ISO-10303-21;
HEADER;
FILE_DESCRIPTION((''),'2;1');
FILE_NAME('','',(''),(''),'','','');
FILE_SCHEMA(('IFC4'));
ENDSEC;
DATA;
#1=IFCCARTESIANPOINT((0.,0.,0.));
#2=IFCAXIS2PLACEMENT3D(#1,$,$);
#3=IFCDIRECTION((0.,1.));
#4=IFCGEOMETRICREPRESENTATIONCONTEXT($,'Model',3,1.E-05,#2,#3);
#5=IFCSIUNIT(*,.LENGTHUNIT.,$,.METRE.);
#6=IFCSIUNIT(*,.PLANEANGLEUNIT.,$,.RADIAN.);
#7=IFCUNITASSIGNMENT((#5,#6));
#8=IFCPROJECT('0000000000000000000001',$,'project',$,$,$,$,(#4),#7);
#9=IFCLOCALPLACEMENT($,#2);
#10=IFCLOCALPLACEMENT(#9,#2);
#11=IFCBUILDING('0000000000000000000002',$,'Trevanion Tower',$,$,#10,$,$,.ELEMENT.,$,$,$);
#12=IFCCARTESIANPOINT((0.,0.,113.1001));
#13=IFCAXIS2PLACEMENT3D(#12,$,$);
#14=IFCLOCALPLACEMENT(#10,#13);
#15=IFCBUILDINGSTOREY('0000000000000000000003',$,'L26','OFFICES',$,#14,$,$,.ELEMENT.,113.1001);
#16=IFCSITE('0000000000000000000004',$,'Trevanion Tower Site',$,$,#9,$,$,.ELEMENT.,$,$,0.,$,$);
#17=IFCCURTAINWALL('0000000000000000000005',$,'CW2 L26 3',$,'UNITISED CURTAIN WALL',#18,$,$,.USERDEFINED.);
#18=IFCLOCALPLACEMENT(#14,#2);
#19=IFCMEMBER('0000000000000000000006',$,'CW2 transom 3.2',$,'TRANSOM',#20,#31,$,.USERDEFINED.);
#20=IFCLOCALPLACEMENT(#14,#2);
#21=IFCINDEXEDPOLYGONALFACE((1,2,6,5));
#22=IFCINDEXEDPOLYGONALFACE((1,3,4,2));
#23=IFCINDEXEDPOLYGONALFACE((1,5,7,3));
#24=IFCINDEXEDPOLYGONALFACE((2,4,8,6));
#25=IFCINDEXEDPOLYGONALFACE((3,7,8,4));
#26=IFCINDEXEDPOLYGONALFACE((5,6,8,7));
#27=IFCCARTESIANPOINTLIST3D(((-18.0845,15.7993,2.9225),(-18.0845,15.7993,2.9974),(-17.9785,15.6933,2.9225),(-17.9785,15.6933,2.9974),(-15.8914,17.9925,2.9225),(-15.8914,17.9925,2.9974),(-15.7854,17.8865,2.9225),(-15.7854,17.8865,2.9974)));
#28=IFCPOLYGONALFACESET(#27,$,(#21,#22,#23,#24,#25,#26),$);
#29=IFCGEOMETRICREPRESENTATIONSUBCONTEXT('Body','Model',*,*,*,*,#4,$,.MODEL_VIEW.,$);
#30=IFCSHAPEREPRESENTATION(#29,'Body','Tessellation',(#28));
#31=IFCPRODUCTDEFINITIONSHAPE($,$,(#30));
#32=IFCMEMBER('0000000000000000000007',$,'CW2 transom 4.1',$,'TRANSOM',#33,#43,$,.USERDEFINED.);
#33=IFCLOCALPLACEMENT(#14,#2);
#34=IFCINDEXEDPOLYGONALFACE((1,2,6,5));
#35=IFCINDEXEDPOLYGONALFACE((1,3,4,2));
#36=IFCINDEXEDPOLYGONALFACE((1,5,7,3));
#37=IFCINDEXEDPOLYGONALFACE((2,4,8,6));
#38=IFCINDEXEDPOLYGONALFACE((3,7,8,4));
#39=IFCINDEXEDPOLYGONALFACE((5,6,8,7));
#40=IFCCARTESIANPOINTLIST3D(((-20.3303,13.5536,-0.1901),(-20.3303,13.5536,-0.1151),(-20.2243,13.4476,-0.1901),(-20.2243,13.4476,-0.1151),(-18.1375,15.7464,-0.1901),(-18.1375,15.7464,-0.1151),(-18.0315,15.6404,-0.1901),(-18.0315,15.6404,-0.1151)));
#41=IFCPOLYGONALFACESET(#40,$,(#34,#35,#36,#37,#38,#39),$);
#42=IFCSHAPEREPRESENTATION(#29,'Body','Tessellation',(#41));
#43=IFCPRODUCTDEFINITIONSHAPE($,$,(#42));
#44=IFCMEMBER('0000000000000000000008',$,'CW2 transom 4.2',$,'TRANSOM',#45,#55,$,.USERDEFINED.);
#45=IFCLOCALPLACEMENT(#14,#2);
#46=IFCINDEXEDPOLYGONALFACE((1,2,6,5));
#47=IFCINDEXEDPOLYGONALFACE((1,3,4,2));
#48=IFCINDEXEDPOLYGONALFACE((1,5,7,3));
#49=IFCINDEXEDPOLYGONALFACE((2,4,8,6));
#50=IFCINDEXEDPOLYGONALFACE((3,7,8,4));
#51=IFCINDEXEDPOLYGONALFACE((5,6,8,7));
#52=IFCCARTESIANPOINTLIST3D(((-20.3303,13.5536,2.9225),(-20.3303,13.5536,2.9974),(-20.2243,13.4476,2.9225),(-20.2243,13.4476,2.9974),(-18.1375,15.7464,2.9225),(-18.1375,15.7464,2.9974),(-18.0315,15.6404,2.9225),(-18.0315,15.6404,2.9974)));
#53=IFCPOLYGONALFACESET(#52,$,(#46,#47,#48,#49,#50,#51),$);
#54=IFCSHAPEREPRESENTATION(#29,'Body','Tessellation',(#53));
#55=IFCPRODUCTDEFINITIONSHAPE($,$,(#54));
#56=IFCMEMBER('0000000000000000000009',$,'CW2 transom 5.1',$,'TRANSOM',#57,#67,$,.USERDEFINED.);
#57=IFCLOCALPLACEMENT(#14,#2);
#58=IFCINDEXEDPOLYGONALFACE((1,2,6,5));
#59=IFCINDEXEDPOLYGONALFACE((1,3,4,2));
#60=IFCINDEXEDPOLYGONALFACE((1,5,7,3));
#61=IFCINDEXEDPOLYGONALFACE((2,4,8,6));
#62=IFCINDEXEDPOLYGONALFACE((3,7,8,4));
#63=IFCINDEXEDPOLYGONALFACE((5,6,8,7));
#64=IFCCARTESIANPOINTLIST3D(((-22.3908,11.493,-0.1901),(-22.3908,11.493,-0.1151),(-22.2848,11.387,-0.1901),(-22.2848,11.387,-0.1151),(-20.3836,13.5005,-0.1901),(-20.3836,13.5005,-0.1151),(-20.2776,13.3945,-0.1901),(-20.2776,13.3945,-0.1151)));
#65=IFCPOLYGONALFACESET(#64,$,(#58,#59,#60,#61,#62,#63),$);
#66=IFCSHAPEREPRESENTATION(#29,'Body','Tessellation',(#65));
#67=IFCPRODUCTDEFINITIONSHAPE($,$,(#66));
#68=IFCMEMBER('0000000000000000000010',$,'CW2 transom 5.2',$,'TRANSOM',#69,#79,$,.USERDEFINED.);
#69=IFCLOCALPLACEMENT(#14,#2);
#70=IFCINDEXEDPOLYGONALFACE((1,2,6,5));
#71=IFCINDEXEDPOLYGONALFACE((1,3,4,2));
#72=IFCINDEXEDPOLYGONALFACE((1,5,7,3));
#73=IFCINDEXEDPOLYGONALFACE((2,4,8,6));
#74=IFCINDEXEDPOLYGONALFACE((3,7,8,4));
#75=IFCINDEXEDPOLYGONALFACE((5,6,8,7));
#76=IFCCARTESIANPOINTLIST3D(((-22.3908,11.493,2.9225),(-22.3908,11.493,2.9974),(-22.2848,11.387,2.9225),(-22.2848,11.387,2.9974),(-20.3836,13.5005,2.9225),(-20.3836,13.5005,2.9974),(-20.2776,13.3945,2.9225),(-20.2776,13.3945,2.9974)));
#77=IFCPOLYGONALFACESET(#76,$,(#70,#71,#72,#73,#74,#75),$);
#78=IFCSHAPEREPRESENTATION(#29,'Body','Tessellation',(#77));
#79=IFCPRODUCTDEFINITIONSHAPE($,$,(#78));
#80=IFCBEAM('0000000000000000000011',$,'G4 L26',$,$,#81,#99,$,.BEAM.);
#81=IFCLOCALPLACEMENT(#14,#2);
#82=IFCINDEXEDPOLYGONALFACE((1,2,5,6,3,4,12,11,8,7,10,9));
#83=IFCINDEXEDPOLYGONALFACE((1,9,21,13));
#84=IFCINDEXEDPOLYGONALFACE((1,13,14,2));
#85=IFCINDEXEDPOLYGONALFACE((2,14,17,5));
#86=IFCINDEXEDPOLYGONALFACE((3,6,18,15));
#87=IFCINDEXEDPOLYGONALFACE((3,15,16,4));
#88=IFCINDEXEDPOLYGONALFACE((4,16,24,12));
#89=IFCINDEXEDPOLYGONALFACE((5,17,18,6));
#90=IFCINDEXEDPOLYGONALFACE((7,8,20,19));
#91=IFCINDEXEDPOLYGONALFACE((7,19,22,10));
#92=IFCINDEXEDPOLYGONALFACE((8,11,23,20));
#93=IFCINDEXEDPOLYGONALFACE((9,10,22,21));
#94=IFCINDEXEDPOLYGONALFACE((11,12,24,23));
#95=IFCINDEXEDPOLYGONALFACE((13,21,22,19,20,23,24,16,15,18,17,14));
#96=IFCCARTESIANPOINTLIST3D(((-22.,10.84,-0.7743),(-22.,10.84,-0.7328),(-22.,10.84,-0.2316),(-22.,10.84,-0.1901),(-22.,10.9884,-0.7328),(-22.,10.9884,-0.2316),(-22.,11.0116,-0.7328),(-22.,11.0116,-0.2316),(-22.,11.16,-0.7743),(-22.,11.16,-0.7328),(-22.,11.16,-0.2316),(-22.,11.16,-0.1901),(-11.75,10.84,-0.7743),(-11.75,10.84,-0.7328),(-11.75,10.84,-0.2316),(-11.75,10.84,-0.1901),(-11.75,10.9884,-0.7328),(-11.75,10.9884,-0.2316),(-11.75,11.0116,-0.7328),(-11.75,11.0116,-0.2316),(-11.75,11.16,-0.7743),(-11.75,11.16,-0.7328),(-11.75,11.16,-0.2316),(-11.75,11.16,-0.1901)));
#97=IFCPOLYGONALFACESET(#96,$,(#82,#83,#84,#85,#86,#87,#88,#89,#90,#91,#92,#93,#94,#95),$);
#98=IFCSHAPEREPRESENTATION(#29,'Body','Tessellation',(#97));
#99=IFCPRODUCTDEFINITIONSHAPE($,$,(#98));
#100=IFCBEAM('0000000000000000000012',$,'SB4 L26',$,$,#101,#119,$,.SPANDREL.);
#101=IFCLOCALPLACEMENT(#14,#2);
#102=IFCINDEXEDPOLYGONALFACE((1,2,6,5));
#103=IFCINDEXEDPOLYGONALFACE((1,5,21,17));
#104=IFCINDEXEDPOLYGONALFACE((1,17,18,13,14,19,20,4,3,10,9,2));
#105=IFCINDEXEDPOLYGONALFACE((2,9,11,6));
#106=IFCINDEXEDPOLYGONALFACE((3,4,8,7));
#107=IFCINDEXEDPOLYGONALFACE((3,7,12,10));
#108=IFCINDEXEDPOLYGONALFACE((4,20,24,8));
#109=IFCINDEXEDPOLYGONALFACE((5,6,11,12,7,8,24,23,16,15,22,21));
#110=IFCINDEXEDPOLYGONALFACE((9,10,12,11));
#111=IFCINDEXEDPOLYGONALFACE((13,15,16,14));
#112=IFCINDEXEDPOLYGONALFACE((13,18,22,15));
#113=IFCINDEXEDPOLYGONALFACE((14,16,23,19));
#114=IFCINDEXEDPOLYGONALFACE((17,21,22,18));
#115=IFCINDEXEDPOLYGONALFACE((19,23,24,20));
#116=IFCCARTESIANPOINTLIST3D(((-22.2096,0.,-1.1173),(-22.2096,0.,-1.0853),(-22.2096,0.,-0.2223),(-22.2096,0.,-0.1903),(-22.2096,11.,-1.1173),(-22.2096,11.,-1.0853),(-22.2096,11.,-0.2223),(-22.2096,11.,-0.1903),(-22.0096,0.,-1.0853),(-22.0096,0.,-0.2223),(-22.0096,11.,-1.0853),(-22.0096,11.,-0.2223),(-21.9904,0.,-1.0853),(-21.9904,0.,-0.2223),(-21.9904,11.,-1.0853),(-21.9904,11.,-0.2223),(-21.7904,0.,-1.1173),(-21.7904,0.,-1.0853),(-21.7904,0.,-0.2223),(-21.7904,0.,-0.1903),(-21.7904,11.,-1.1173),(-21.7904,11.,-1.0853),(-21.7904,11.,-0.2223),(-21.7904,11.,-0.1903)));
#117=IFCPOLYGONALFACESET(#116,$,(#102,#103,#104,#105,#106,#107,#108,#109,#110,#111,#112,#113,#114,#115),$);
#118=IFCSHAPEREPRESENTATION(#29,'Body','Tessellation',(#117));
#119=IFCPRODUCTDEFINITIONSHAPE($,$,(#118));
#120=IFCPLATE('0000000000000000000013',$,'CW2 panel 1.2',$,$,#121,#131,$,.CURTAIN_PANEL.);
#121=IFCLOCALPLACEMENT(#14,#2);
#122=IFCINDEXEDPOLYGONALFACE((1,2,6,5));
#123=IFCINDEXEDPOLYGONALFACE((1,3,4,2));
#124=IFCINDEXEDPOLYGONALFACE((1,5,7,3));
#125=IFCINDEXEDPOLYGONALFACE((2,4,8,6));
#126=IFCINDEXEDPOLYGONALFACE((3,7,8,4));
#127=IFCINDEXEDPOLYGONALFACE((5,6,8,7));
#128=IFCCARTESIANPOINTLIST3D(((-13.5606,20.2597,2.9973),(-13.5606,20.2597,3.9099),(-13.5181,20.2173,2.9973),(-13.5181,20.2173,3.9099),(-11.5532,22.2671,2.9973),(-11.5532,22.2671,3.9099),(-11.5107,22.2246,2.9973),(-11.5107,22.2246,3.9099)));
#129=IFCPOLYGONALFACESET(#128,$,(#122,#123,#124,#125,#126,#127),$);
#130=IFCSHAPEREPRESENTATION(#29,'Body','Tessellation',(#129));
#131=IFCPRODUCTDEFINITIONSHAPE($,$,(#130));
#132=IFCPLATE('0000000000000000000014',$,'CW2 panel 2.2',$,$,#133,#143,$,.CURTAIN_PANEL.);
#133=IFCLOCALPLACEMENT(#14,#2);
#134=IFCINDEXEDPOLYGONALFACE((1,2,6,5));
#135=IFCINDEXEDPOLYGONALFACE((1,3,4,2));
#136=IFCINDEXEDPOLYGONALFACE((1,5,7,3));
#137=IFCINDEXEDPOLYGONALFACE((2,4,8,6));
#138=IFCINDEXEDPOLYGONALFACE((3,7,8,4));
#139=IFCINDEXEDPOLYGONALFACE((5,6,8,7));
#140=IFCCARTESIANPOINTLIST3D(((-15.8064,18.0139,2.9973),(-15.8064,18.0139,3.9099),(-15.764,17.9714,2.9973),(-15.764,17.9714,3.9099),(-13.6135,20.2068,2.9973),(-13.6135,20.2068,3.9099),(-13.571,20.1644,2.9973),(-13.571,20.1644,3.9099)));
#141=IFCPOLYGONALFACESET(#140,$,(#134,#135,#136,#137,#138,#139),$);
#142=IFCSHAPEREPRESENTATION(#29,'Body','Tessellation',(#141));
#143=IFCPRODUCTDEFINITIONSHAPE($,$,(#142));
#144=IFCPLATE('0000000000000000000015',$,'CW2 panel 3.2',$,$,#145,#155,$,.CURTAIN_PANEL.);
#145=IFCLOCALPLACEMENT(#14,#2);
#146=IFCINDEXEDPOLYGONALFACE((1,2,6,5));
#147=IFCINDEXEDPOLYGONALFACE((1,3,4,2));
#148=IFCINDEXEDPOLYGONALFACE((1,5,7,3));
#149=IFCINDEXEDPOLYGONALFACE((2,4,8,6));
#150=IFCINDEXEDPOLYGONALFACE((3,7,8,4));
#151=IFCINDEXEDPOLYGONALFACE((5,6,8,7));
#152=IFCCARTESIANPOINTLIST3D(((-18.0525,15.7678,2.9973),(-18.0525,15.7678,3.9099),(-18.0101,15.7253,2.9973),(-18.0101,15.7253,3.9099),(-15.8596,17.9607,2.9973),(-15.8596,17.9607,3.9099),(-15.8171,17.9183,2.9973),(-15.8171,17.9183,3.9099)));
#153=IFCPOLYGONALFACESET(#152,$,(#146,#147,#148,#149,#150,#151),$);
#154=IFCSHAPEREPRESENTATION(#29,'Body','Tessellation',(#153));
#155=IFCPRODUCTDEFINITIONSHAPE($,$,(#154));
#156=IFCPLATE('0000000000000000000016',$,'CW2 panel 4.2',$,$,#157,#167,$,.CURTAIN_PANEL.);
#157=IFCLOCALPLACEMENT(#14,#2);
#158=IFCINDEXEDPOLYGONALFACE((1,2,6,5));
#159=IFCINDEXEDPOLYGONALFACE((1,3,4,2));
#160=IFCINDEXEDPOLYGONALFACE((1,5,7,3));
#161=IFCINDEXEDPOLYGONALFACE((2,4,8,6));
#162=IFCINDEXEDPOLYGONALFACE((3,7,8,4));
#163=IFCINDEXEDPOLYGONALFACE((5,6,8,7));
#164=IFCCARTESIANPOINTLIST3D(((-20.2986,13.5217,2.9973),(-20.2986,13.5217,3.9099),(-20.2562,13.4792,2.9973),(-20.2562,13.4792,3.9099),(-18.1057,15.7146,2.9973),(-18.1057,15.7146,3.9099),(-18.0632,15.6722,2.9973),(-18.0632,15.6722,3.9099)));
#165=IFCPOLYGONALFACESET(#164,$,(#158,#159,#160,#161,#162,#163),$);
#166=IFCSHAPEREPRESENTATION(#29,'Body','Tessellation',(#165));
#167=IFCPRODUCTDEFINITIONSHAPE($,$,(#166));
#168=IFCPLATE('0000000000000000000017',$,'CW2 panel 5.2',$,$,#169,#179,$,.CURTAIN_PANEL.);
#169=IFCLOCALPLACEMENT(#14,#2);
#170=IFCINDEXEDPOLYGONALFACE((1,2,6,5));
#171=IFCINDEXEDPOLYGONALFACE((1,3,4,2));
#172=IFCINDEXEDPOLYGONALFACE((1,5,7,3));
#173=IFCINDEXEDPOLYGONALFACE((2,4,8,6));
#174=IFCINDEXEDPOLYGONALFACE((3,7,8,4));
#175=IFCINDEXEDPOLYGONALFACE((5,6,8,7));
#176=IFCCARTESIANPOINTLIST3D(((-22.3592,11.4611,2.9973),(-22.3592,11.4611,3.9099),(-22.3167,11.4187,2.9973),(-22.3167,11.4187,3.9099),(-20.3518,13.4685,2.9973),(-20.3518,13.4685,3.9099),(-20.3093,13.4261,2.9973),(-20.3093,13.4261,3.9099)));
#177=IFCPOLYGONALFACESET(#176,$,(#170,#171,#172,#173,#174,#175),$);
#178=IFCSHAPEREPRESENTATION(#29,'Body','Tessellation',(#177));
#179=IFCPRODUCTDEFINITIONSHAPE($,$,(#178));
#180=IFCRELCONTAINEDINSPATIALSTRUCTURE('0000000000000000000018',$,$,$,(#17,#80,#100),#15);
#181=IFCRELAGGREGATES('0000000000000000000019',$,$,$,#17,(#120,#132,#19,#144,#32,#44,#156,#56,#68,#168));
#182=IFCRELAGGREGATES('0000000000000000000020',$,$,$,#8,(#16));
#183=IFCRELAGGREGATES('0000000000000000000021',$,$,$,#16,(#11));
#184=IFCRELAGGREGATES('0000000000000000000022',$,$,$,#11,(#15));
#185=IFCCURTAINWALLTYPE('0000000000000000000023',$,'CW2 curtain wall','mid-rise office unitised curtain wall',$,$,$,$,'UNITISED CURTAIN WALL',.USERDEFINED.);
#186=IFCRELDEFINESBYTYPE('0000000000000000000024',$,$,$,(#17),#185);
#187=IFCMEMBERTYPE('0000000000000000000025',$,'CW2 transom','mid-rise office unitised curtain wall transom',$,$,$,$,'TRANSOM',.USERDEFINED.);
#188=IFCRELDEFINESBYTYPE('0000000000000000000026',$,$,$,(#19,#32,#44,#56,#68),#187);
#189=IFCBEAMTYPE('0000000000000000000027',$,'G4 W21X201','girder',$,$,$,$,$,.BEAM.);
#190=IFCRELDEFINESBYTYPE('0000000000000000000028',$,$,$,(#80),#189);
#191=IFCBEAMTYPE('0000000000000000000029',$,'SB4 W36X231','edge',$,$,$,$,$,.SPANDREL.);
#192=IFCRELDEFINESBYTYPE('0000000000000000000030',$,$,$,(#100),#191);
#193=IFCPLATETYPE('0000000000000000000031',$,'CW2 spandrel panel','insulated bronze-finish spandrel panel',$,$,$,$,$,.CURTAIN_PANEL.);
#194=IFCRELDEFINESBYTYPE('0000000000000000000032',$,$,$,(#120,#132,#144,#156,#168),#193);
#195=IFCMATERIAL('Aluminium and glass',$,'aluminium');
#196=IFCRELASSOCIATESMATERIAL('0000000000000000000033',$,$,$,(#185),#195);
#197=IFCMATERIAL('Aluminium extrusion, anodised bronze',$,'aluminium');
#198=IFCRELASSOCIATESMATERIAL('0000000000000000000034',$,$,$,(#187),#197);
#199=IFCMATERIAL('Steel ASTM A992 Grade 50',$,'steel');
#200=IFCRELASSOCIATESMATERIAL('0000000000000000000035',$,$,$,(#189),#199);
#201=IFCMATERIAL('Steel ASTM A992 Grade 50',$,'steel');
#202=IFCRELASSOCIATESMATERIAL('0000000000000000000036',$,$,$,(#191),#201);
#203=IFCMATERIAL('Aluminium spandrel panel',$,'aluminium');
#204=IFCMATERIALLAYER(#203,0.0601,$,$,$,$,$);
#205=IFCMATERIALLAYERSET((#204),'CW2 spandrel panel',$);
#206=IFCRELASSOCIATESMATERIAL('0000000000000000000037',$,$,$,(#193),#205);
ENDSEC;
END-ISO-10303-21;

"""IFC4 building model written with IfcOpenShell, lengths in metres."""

from ifc_helpers import new_model, si_unit, direction, frame, origin, origin_2d, place, context, subcontext, project, spatial, rectangle, i_section, extrude, material, layer, layer_set, material_profile, profile_set, type_object, element, aggregate, save


model = new_model("IFC4")

# Units and contexts
model_context = context("Model", 3, precision=1e-05, world=origin(), true_north=direction((0.0, 1.0)))
body_context = subcontext(model_context, "Body", "Model", "MODEL_VIEW")
ifc_project = project(units=[si_unit("LENGTHUNIT", "METRE"), si_unit("PLANEANGLEUNIT", "RADIAN")], contexts=[model_context])

# Site, building, storey
site_placement = place(None, origin())
site = spatial("IfcSite", under=ifc_project, at=site_placement, Name="Trevanion Tower Site", CompositionType="ELEMENT", RefElevation=0.0)
building_placement = place(site_placement, origin())
building = spatial("IfcBuilding", under=site, at=building_placement, Name="Trevanion Tower", CompositionType="ELEMENT")
storey_placement = place(building_placement, frame((0.0, 0.0, 113.1001)))
storey = spatial("IfcBuildingStorey", under=building, at=storey_placement, Name="L26", Description="OFFICES", CompositionType="ELEMENT", Elevation=113.1001)

# Curtain wall, members
ifc_material_1 = material(Name="Aluminium and glass", Category="aluminium")
curtain_wall_type = type_object("IfcCurtainWallType", Name="CW2 curtain wall", Description="mid-rise office unitised curtain wall", ElementType="UNITISED CURTAIN WALL", PredefinedType="USERDEFINED", material=ifc_material_1)
curtain_wall_placement = place(storey_placement, origin())
curtain_wall = element("IfcCurtainWall", 1, at=curtain_wall_placement, inside=storey, type_object=curtain_wall_type, Name="CW2 L26 3", ObjectType="UNITISED CURTAIN WALL", PredefinedType="USERDEFINED")
ifc_material_2 = material(Name="Aluminium extrusion, anodised bronze", Category="aluminium")
ifc_material_profile_1 = material_profile(ifc_material_2, rectangle(XDim=0.1499, YDim=0.075, at=origin_2d()), Name="CW2 transom")
ifc_profile_set_1 = profile_set([ifc_material_profile_1], Name="Aluminium extrusion, anodised bronze")
member_type_1 = type_object("IfcMemberType", Name="CW2 transom", Description="mid-rise office unitised curtain wall transom", ElementType="TRANSOM", PredefinedType="USERDEFINED", material=ifc_profile_set_1)
member_1_placement = place(storey_placement, frame((-15.8384, 17.9395, 2.96), z_axis=(-0.707107, -0.707107, 0.0), x_axis=(0.707107, -0.707107, 0.0)))
member_1 = element("IfcMember", 2, at=member_1_placement, type_object=member_type_1, Name="CW2 transom 3.2", ObjectType="TRANSOM", PredefinedType="USERDEFINED", context=body_context, shape_type="SweptSolid", body=[
    extrude(rectangle(XDim=0.1499, YDim=0.075, at=origin_2d()), origin(), (0.0, 0.0, 1.0), 3.1016),
])
member_2_placement = place(storey_placement, frame((-18.0845, 15.6934, -0.1526), z_axis=(-0.707107, -0.707107, 0.0), x_axis=(0.707107, -0.707107, 0.0)))
member_2 = element("IfcMember", 3, at=member_2_placement, type_object=member_type_1, Name="CW2 transom 4.1", ObjectType="TRANSOM", PredefinedType="USERDEFINED", context=body_context, shape_type="SweptSolid", body=[
    extrude(rectangle(XDim=0.1499, YDim=0.075, at=origin_2d()), origin(), (0.0, 0.0, 1.0), 3.1011),
])
member_3_placement = place(storey_placement, frame((-18.0845, 15.6934, 2.96), z_axis=(-0.707107, -0.707107, 0.0), x_axis=(0.707107, -0.707107, 0.0)))
member_3 = element("IfcMember", 4, at=member_3_placement, type_object=member_type_1, Name="CW2 transom 4.2", ObjectType="TRANSOM", PredefinedType="USERDEFINED", context=body_context, shape_type="SweptSolid", body=[
    extrude(rectangle(XDim=0.1499, YDim=0.075, at=origin_2d()), origin(), (0.0, 0.0, 1.0), 3.1011),
])
member_4_placement = place(storey_placement, frame((-20.3306, 13.4475, -0.1526), z_axis=(-0.707064, -0.70715, 0.0), x_axis=(0.70715, -0.707064, 0.0)))
member_4 = element("IfcMember", 5, at=member_4_placement, type_object=member_type_1, Name="CW2 transom 5.1", ObjectType="TRANSOM", PredefinedType="USERDEFINED", context=body_context, shape_type="SweptSolid", body=[
    extrude(rectangle(XDim=0.1499, YDim=0.075, at=origin_2d()), origin(), (0.0, 0.0, 1.0), 2.8389),
])
member_5_placement = place(storey_placement, frame((-20.3306, 13.4475, 2.96), z_axis=(-0.707064, -0.70715, 0.0), x_axis=(0.70715, -0.707064, 0.0)))
member_5 = element("IfcMember", 6, at=member_5_placement, type_object=member_type_1, Name="CW2 transom 5.2", ObjectType="TRANSOM", PredefinedType="USERDEFINED", context=body_context, shape_type="SweptSolid", body=[
    extrude(rectangle(XDim=0.1499, YDim=0.075, at=origin_2d()), origin(), (0.0, 0.0, 1.0), 2.8389),
])

# Beams
ifc_material_3 = material(Name="Steel ASTM A992 Grade 50", Category="steel")
ifc_material_profile_2 = material_profile(ifc_material_3, i_section(OverallWidth=0.3201, OverallDepth=0.5842, WebThickness=0.0232, FlangeThickness=0.0415, at=origin_2d()), Name="W21X201")
ifc_profile_set_2 = profile_set([ifc_material_profile_2], Name="Steel ASTM A992 Grade 50")
beam_type_1 = type_object("IfcBeamType", Name="G4 W21X201", Description="girder", PredefinedType="BEAM", material=ifc_profile_set_2)
beam_1_placement = place(storey_placement, frame((-11.75, 11.0, -0.4822), z_axis=(-1.0, 0.0, 0.0), x_axis=(0.0, -1.0, 0.0)))
element("IfcBeam", 7, at=beam_1_placement, inside=storey, type_object=beam_type_1, Name="G4 L26", PredefinedType="BEAM", context=body_context, shape_type="SweptSolid", body=[
    extrude(i_section(OverallWidth=0.3201, OverallDepth=0.5842, WebThickness=0.0232, FlangeThickness=0.0415, at=origin_2d()), origin(), (0.0, 0.0, 1.0), 10.25),
])
ifc_material_4 = material(Name="Steel ASTM A992 Grade 50", Category="steel")
ifc_material_profile_3 = material_profile(ifc_material_4, i_section(OverallWidth=0.4192, OverallDepth=0.927, WebThickness=0.0193, FlangeThickness=0.032, at=origin_2d()), Name="W36X231")
ifc_profile_set_3 = profile_set([ifc_material_profile_3], Name="Steel ASTM A992 Grade 50")
beam_type_2 = type_object("IfcBeamType", Name="SB4 W36X231", Description="edge", PredefinedType="SPANDREL", material=ifc_profile_set_3)
beam_2_placement = place(storey_placement, frame((-22.0, 11.0, -0.6538), z_axis=(0.0, -1.0, 0.0), x_axis=(1.0, 0.0, 0.0)))
element("IfcBeam", 8, at=beam_2_placement, inside=storey, type_object=beam_type_2, Name="SB4 L26", PredefinedType="SPANDREL", context=body_context, shape_type="SweptSolid", body=[
    extrude(i_section(OverallWidth=0.4192, OverallDepth=0.927, WebThickness=0.0193, FlangeThickness=0.032, at=origin_2d()), origin(), (0.0, 0.0, 1.0), 11.0),
])

# Plates
ifc_material_5 = material(Name="Aluminium spandrel panel", Category="aluminium")
ifc_layer_1 = layer(ifc_material_5, 0.0601)
ifc_layer_set_1 = layer_set([ifc_layer_1], Name="CW2 spandrel panel")
plate_type_1 = type_object("IfcPlateType", Name="CW2 spandrel panel", Description="insulated bronze-finish spandrel panel", PredefinedType="CURTAIN_PANEL", material=ifc_layer_set_1)
plate_1_placement = place(storey_placement, frame((-12.5356, 21.2422, 2.9973), z_axis=(0.0, 0.0, 1.0), x_axis=(-0.707107, -0.707107, 0.0)))
plate_1 = element("IfcPlate", 9, at=plate_1_placement, type_object=plate_type_1, Name="CW2 panel 1.2", PredefinedType="CURTAIN_PANEL", context=body_context, shape_type="SweptSolid", body=[
    extrude(rectangle(XDim=2.8389, YDim=0.0601, at=origin_2d()), origin(), (0.0, 0.0, 1.0), 0.9126),
])
plate_2_placement = place(storey_placement, frame((-14.6887, 19.0891, 2.9973), z_axis=(0.0, 0.0, 1.0), x_axis=(-0.707107, -0.707107, 0.0)))
plate_2 = element("IfcPlate", 10, at=plate_2_placement, type_object=plate_type_1, Name="CW2 panel 2.2", PredefinedType="CURTAIN_PANEL", context=body_context, shape_type="SweptSolid", body=[
    extrude(rectangle(XDim=3.1013, YDim=0.0601, at=origin_2d()), origin(), (0.0, 0.0, 1.0), 0.9126),
])
plate_3_placement = place(storey_placement, frame((-16.9348, 16.843, 2.9973), z_axis=(0.0, 0.0, 1.0), x_axis=(-0.707107, -0.707107, 0.0)))
plate_3 = element("IfcPlate", 11, at=plate_3_placement, type_object=plate_type_1, Name="CW2 panel 3.2", PredefinedType="CURTAIN_PANEL", context=body_context, shape_type="SweptSolid", body=[
    extrude(rectangle(XDim=3.1013, YDim=0.0601, at=origin_2d()), origin(), (0.0, 0.0, 1.0), 0.9126),
])
plate_4_placement = place(storey_placement, frame((-19.1809, 14.5969, 2.9973), z_axis=(0.0, 0.0, 1.0), x_axis=(-0.707107, -0.707107, 0.0)))
plate_4 = element("IfcPlate", 12, at=plate_4_placement, type_object=plate_type_1, Name="CW2 panel 4.2", PredefinedType="CURTAIN_PANEL", context=body_context, shape_type="SweptSolid", body=[
    extrude(rectangle(XDim=3.1013, YDim=0.0601, at=origin_2d()), origin(), (0.0, 0.0, 1.0), 0.9126),
])
plate_5_placement = place(storey_placement, frame((-21.3342, 12.4436, 2.9973), z_axis=(0.0, 0.0, 1.0), x_axis=(-0.707107, -0.707107, 0.0)))
plate_5 = element("IfcPlate", 13, at=plate_5_placement, type_object=plate_type_1, Name="CW2 panel 5.2", PredefinedType="CURTAIN_PANEL", context=body_context, shape_type="SweptSolid", body=[
    extrude(rectangle(XDim=2.8389, YDim=0.0601, at=origin_2d()), origin(), (0.0, 0.0, 1.0), 0.9126),
])
aggregate(curtain_wall, [plate_1, plate_2, member_1, plate_3, member_2, member_3, plate_4, member_4, member_5, plate_5])

save(model, "model.ifc")
